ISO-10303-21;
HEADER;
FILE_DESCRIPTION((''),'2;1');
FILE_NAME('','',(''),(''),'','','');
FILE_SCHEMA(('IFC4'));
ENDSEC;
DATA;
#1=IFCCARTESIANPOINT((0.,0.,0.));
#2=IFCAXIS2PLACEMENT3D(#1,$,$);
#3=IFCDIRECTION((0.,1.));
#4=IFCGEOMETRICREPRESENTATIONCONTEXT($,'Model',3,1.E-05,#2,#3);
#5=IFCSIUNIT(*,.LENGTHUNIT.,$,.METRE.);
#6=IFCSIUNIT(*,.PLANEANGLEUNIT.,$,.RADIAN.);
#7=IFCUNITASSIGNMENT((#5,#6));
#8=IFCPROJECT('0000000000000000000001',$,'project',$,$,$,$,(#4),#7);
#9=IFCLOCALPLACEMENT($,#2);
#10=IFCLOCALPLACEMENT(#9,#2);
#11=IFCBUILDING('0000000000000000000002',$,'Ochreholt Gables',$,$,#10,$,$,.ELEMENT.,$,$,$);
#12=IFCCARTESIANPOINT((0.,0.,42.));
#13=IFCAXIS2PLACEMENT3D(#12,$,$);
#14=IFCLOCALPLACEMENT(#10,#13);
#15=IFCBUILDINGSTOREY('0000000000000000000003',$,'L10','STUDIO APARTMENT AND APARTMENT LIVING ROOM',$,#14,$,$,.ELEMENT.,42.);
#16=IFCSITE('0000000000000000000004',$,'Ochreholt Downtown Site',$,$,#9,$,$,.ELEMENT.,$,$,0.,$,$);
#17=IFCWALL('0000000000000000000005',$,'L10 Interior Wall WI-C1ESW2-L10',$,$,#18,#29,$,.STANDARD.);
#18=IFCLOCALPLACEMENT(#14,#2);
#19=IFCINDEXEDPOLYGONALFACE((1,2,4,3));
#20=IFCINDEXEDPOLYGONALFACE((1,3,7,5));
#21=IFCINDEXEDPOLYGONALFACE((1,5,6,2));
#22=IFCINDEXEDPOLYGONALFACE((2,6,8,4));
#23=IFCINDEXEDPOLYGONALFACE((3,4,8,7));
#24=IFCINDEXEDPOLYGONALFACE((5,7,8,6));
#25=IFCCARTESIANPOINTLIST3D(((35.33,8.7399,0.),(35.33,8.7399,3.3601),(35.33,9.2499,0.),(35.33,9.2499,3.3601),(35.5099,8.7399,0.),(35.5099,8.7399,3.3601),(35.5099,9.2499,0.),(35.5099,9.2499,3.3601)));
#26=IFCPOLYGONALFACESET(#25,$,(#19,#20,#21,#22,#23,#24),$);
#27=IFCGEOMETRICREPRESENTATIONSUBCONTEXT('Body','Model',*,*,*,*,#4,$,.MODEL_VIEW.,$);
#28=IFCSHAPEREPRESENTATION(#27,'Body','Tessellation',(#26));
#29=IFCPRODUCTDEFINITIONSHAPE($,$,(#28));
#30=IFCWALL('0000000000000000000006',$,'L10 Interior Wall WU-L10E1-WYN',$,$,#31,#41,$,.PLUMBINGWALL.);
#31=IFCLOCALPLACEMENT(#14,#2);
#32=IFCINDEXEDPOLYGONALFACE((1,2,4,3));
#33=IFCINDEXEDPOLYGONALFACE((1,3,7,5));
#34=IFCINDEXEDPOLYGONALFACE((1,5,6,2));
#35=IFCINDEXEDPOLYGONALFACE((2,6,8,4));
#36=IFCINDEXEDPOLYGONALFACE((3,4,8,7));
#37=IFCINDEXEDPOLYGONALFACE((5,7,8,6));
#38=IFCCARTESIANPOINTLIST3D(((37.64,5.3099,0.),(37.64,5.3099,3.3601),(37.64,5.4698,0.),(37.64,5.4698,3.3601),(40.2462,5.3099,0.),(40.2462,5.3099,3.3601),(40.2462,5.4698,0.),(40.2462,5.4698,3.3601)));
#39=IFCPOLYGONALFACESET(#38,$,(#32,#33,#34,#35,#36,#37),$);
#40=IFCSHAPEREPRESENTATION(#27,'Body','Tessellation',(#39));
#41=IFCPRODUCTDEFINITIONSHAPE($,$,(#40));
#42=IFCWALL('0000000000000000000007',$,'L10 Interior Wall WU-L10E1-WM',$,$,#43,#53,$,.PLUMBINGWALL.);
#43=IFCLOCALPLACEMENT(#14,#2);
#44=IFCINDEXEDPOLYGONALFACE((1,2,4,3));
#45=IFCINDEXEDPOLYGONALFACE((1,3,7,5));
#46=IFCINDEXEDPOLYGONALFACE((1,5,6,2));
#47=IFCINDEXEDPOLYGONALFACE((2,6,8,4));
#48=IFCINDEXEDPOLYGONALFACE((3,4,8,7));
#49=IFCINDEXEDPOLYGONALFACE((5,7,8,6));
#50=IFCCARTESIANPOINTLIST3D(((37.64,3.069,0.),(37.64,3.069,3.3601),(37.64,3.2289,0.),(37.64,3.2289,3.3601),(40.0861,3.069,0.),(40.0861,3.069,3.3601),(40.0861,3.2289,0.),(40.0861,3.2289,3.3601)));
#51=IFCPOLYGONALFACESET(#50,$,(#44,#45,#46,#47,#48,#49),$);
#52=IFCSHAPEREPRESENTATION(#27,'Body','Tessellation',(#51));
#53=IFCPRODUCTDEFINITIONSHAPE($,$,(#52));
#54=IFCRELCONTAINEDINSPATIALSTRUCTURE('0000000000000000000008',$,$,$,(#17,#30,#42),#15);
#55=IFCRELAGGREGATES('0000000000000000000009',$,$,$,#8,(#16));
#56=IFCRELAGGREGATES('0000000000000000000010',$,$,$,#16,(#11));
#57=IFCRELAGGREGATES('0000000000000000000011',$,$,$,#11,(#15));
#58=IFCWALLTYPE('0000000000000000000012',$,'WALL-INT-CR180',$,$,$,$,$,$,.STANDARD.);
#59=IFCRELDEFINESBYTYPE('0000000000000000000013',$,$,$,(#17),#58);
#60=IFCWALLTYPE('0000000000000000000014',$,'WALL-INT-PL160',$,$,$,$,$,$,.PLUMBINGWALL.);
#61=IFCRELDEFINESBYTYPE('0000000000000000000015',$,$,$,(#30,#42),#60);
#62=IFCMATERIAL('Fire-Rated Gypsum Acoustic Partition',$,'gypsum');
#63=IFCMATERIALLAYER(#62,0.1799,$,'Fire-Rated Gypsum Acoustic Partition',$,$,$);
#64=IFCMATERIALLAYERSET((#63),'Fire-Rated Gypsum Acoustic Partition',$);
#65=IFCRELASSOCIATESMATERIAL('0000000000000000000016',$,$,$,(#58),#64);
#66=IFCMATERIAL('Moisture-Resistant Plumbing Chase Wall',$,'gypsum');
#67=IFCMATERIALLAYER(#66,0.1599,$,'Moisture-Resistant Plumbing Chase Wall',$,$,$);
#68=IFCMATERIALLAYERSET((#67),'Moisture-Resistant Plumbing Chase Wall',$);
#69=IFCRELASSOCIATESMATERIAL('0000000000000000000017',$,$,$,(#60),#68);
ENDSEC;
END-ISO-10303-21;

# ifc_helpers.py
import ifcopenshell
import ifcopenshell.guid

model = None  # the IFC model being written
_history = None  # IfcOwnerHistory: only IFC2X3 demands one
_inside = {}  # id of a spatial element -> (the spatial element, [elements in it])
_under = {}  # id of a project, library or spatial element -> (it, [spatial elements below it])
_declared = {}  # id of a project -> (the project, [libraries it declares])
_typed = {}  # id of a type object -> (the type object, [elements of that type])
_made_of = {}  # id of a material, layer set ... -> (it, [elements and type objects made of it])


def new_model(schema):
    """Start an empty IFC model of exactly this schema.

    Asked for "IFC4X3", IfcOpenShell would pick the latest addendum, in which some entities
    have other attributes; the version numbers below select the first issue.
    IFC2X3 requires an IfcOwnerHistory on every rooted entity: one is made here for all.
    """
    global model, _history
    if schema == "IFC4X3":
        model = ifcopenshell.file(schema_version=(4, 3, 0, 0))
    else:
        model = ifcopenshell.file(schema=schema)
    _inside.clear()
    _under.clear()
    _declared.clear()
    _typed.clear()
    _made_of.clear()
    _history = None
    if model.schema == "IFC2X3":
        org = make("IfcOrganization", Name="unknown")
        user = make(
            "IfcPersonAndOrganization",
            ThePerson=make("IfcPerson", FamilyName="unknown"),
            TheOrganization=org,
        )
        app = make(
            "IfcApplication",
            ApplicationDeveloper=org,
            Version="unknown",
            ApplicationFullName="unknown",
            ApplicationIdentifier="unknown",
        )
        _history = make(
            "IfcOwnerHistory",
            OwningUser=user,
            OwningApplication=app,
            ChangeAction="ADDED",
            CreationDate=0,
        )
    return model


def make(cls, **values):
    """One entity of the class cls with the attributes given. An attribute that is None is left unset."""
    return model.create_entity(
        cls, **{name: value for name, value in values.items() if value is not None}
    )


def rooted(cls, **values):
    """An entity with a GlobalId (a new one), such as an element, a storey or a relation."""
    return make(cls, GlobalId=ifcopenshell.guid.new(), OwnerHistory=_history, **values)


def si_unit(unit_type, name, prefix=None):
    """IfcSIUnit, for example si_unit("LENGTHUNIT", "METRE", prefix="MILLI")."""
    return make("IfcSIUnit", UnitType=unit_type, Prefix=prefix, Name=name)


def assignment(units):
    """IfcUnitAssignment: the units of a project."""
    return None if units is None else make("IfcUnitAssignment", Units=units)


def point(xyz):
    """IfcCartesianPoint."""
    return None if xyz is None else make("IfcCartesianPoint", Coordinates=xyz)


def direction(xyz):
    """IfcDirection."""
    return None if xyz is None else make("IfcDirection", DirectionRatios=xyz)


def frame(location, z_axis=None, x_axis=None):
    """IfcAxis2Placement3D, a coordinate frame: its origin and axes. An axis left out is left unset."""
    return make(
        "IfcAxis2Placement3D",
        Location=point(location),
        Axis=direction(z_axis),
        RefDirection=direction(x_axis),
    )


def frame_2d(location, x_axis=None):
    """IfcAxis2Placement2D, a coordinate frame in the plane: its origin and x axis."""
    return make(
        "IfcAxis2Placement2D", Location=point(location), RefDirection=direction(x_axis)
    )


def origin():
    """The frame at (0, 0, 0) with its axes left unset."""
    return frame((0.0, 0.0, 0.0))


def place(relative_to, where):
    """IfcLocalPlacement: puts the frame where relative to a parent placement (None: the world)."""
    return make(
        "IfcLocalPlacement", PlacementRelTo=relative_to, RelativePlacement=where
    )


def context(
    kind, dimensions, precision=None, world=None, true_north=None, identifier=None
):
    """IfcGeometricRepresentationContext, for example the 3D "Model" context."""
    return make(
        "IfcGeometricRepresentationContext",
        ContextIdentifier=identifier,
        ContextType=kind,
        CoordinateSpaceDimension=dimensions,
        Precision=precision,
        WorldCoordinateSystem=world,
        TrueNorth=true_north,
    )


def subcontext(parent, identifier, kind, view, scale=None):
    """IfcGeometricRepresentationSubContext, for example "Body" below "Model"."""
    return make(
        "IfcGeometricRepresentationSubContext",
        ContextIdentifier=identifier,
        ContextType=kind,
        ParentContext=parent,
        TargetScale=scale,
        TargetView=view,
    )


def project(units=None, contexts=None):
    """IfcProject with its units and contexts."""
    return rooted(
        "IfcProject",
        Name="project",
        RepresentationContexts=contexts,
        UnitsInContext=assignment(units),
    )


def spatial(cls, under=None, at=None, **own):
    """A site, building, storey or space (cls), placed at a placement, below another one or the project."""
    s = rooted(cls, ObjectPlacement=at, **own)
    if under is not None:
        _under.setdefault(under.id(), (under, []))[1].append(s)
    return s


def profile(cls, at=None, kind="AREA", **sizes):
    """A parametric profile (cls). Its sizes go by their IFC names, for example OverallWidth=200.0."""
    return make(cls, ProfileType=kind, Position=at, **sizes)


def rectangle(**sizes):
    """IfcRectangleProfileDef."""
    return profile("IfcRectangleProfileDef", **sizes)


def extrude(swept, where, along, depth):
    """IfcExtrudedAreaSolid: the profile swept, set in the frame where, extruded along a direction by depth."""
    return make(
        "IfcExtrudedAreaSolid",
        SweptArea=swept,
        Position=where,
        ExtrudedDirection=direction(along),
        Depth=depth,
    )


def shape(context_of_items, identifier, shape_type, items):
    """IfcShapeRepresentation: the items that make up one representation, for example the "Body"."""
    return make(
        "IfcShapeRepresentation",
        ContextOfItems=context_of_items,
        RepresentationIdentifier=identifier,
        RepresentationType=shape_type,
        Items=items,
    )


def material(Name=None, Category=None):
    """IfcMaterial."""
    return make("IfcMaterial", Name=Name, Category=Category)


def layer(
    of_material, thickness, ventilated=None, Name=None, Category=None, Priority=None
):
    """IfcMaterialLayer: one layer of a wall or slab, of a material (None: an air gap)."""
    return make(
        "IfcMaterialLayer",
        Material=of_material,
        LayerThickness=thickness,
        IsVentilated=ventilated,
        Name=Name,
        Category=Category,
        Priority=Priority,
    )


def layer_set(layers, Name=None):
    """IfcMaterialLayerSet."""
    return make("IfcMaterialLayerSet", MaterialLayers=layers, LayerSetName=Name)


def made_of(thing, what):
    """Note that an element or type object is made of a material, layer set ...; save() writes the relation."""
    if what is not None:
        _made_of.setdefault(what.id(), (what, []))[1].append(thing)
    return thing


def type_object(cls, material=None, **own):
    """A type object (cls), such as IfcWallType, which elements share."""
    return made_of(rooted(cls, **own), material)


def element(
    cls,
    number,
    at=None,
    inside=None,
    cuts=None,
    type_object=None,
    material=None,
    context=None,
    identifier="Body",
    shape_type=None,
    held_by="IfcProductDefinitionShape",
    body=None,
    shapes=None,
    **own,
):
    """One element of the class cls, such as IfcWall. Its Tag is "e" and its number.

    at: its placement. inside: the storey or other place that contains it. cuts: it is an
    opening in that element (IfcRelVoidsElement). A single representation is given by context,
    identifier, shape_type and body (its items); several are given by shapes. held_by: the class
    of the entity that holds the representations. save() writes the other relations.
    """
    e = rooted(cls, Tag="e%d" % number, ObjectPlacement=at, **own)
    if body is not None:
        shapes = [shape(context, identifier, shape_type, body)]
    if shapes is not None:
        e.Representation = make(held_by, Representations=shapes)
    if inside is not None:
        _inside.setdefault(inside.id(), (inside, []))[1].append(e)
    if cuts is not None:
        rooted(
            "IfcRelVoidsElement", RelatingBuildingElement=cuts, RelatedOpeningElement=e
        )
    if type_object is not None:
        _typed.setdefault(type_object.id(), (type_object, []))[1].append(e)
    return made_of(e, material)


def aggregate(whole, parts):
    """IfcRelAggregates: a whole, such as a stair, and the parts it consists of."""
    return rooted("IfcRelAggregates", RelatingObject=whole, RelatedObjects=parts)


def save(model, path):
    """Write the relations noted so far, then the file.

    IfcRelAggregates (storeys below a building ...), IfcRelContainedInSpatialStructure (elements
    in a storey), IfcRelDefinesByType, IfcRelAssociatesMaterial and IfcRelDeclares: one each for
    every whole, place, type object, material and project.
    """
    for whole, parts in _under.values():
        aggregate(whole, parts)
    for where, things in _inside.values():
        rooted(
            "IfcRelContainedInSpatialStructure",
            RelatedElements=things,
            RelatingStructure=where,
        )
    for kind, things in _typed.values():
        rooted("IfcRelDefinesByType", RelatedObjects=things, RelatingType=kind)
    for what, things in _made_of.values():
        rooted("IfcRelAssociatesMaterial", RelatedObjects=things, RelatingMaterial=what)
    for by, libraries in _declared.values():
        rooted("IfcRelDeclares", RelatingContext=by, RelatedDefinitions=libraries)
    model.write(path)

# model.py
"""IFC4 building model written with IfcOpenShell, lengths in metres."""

from ifc_helpers import new_model, si_unit, direction, frame, frame_2d, origin, place, context, subcontext, project, spatial, rectangle, extrude, material, layer, layer_set, type_object, element, save


model = new_model("IFC4")

# Units and contexts
model_context = context("Model", 3, precision=1e-05, world=origin(), true_north=direction((0.0, 1.0)))
body_context = subcontext(model_context, "Body", "Model", "MODEL_VIEW")
ifc_project = project(units=[si_unit("LENGTHUNIT", "METRE"), si_unit("PLANEANGLEUNIT", "RADIAN")], contexts=[model_context])

# Site, building, storey
site_placement = place(None, origin())
site = spatial("IfcSite", under=ifc_project, at=site_placement, Name="Ochreholt Downtown Site", CompositionType="ELEMENT", RefElevation=0.0)
building_placement = place(site_placement, origin())
building = spatial("IfcBuilding", under=site, at=building_placement, Name="Ochreholt Gables", CompositionType="ELEMENT")
storey_placement = place(building_placement, frame((0.0, 0.0, 42.0)))
storey = spatial("IfcBuildingStorey", under=building, at=storey_placement, Name="L10", Description="STUDIO APARTMENT AND APARTMENT LIVING ROOM", CompositionType="ELEMENT", Elevation=42.0)

# Shared definitions
ifc_material_1 = material(Name="Fire-Rated Gypsum Acoustic Partition", Category="gypsum")
ifc_layer_1 = layer(ifc_material_1, 0.1799, Name="Fire-Rated Gypsum Acoustic Partition")
ifc_layer_set_1 = layer_set([ifc_layer_1], Name="Fire-Rated Gypsum Acoustic Partition")
wall_type_1 = type_object("IfcWallType", Name="WALL-INT-CR180", PredefinedType="STANDARD", material=ifc_layer_set_1)

# Walls
wall_1_placement = place(storey_placement, frame((35.4199, 8.74, 0.0), z_axis=(0.0, 0.0, 1.0), x_axis=(0.0, 1.0, 0.0)))
element("IfcWall", 1, at=wall_1_placement, inside=storey, type_object=wall_type_1, Name="L10 Interior Wall WI-C1ESW2-L10", PredefinedType="STANDARD", context=body_context, shape_type="SweptSolid", body=[
    extrude(rectangle(XDim=0.51, YDim=0.1799, at=frame_2d((0.2549, 0.0))), origin(), (0.0, 0.0, 1.0), 3.3601),
])
ifc_material_2 = material(Name="Moisture-Resistant Plumbing Chase Wall", Category="gypsum")
ifc_layer_2 = layer(ifc_material_2, 0.1599, Name="Moisture-Resistant Plumbing Chase Wall")
ifc_layer_set_2 = layer_set([ifc_layer_2], Name="Moisture-Resistant Plumbing Chase Wall")
wall_type_2 = type_object("IfcWallType", Name="WALL-INT-PL160", PredefinedType="PLUMBINGWALL", material=ifc_layer_set_2)
wall_2_placement = place(storey_placement, frame((37.6399, 5.3899, 0.0), z_axis=(0.0, 0.0, 1.0), x_axis=(1.0, 0.0, 0.0)))
element("IfcWall", 2, at=wall_2_placement, inside=storey, type_object=wall_type_2, Name="L10 Interior Wall WU-L10E1-WYN", PredefinedType="PLUMBINGWALL", context=body_context, shape_type="SweptSolid", body=[
    extrude(rectangle(XDim=2.6062, YDim=0.1599, at=frame_2d((1.3032, 0.0))), origin(), (0.0, 0.0, 1.0), 3.3601),
])

# Wall
wall_3_placement = place(storey_placement, frame((37.6399, 3.1489, 0.0), z_axis=(0.0, 0.0, 1.0), x_axis=(1.0, 0.0, 0.0)))
element("IfcWall", 3, at=wall_3_placement, inside=storey, type_object=wall_type_2, Name="L10 Interior Wall WU-L10E1-WM", PredefinedType="PLUMBINGWALL", context=body_context, shape_type="SweptSolid", body=[
    extrude(rectangle(XDim=2.446, YDim=0.1599, at=frame_2d((1.2231, 0.0))), origin(), (0.0, 0.0, 1.0), 3.3601),
])

save(model, "model.ifc")
